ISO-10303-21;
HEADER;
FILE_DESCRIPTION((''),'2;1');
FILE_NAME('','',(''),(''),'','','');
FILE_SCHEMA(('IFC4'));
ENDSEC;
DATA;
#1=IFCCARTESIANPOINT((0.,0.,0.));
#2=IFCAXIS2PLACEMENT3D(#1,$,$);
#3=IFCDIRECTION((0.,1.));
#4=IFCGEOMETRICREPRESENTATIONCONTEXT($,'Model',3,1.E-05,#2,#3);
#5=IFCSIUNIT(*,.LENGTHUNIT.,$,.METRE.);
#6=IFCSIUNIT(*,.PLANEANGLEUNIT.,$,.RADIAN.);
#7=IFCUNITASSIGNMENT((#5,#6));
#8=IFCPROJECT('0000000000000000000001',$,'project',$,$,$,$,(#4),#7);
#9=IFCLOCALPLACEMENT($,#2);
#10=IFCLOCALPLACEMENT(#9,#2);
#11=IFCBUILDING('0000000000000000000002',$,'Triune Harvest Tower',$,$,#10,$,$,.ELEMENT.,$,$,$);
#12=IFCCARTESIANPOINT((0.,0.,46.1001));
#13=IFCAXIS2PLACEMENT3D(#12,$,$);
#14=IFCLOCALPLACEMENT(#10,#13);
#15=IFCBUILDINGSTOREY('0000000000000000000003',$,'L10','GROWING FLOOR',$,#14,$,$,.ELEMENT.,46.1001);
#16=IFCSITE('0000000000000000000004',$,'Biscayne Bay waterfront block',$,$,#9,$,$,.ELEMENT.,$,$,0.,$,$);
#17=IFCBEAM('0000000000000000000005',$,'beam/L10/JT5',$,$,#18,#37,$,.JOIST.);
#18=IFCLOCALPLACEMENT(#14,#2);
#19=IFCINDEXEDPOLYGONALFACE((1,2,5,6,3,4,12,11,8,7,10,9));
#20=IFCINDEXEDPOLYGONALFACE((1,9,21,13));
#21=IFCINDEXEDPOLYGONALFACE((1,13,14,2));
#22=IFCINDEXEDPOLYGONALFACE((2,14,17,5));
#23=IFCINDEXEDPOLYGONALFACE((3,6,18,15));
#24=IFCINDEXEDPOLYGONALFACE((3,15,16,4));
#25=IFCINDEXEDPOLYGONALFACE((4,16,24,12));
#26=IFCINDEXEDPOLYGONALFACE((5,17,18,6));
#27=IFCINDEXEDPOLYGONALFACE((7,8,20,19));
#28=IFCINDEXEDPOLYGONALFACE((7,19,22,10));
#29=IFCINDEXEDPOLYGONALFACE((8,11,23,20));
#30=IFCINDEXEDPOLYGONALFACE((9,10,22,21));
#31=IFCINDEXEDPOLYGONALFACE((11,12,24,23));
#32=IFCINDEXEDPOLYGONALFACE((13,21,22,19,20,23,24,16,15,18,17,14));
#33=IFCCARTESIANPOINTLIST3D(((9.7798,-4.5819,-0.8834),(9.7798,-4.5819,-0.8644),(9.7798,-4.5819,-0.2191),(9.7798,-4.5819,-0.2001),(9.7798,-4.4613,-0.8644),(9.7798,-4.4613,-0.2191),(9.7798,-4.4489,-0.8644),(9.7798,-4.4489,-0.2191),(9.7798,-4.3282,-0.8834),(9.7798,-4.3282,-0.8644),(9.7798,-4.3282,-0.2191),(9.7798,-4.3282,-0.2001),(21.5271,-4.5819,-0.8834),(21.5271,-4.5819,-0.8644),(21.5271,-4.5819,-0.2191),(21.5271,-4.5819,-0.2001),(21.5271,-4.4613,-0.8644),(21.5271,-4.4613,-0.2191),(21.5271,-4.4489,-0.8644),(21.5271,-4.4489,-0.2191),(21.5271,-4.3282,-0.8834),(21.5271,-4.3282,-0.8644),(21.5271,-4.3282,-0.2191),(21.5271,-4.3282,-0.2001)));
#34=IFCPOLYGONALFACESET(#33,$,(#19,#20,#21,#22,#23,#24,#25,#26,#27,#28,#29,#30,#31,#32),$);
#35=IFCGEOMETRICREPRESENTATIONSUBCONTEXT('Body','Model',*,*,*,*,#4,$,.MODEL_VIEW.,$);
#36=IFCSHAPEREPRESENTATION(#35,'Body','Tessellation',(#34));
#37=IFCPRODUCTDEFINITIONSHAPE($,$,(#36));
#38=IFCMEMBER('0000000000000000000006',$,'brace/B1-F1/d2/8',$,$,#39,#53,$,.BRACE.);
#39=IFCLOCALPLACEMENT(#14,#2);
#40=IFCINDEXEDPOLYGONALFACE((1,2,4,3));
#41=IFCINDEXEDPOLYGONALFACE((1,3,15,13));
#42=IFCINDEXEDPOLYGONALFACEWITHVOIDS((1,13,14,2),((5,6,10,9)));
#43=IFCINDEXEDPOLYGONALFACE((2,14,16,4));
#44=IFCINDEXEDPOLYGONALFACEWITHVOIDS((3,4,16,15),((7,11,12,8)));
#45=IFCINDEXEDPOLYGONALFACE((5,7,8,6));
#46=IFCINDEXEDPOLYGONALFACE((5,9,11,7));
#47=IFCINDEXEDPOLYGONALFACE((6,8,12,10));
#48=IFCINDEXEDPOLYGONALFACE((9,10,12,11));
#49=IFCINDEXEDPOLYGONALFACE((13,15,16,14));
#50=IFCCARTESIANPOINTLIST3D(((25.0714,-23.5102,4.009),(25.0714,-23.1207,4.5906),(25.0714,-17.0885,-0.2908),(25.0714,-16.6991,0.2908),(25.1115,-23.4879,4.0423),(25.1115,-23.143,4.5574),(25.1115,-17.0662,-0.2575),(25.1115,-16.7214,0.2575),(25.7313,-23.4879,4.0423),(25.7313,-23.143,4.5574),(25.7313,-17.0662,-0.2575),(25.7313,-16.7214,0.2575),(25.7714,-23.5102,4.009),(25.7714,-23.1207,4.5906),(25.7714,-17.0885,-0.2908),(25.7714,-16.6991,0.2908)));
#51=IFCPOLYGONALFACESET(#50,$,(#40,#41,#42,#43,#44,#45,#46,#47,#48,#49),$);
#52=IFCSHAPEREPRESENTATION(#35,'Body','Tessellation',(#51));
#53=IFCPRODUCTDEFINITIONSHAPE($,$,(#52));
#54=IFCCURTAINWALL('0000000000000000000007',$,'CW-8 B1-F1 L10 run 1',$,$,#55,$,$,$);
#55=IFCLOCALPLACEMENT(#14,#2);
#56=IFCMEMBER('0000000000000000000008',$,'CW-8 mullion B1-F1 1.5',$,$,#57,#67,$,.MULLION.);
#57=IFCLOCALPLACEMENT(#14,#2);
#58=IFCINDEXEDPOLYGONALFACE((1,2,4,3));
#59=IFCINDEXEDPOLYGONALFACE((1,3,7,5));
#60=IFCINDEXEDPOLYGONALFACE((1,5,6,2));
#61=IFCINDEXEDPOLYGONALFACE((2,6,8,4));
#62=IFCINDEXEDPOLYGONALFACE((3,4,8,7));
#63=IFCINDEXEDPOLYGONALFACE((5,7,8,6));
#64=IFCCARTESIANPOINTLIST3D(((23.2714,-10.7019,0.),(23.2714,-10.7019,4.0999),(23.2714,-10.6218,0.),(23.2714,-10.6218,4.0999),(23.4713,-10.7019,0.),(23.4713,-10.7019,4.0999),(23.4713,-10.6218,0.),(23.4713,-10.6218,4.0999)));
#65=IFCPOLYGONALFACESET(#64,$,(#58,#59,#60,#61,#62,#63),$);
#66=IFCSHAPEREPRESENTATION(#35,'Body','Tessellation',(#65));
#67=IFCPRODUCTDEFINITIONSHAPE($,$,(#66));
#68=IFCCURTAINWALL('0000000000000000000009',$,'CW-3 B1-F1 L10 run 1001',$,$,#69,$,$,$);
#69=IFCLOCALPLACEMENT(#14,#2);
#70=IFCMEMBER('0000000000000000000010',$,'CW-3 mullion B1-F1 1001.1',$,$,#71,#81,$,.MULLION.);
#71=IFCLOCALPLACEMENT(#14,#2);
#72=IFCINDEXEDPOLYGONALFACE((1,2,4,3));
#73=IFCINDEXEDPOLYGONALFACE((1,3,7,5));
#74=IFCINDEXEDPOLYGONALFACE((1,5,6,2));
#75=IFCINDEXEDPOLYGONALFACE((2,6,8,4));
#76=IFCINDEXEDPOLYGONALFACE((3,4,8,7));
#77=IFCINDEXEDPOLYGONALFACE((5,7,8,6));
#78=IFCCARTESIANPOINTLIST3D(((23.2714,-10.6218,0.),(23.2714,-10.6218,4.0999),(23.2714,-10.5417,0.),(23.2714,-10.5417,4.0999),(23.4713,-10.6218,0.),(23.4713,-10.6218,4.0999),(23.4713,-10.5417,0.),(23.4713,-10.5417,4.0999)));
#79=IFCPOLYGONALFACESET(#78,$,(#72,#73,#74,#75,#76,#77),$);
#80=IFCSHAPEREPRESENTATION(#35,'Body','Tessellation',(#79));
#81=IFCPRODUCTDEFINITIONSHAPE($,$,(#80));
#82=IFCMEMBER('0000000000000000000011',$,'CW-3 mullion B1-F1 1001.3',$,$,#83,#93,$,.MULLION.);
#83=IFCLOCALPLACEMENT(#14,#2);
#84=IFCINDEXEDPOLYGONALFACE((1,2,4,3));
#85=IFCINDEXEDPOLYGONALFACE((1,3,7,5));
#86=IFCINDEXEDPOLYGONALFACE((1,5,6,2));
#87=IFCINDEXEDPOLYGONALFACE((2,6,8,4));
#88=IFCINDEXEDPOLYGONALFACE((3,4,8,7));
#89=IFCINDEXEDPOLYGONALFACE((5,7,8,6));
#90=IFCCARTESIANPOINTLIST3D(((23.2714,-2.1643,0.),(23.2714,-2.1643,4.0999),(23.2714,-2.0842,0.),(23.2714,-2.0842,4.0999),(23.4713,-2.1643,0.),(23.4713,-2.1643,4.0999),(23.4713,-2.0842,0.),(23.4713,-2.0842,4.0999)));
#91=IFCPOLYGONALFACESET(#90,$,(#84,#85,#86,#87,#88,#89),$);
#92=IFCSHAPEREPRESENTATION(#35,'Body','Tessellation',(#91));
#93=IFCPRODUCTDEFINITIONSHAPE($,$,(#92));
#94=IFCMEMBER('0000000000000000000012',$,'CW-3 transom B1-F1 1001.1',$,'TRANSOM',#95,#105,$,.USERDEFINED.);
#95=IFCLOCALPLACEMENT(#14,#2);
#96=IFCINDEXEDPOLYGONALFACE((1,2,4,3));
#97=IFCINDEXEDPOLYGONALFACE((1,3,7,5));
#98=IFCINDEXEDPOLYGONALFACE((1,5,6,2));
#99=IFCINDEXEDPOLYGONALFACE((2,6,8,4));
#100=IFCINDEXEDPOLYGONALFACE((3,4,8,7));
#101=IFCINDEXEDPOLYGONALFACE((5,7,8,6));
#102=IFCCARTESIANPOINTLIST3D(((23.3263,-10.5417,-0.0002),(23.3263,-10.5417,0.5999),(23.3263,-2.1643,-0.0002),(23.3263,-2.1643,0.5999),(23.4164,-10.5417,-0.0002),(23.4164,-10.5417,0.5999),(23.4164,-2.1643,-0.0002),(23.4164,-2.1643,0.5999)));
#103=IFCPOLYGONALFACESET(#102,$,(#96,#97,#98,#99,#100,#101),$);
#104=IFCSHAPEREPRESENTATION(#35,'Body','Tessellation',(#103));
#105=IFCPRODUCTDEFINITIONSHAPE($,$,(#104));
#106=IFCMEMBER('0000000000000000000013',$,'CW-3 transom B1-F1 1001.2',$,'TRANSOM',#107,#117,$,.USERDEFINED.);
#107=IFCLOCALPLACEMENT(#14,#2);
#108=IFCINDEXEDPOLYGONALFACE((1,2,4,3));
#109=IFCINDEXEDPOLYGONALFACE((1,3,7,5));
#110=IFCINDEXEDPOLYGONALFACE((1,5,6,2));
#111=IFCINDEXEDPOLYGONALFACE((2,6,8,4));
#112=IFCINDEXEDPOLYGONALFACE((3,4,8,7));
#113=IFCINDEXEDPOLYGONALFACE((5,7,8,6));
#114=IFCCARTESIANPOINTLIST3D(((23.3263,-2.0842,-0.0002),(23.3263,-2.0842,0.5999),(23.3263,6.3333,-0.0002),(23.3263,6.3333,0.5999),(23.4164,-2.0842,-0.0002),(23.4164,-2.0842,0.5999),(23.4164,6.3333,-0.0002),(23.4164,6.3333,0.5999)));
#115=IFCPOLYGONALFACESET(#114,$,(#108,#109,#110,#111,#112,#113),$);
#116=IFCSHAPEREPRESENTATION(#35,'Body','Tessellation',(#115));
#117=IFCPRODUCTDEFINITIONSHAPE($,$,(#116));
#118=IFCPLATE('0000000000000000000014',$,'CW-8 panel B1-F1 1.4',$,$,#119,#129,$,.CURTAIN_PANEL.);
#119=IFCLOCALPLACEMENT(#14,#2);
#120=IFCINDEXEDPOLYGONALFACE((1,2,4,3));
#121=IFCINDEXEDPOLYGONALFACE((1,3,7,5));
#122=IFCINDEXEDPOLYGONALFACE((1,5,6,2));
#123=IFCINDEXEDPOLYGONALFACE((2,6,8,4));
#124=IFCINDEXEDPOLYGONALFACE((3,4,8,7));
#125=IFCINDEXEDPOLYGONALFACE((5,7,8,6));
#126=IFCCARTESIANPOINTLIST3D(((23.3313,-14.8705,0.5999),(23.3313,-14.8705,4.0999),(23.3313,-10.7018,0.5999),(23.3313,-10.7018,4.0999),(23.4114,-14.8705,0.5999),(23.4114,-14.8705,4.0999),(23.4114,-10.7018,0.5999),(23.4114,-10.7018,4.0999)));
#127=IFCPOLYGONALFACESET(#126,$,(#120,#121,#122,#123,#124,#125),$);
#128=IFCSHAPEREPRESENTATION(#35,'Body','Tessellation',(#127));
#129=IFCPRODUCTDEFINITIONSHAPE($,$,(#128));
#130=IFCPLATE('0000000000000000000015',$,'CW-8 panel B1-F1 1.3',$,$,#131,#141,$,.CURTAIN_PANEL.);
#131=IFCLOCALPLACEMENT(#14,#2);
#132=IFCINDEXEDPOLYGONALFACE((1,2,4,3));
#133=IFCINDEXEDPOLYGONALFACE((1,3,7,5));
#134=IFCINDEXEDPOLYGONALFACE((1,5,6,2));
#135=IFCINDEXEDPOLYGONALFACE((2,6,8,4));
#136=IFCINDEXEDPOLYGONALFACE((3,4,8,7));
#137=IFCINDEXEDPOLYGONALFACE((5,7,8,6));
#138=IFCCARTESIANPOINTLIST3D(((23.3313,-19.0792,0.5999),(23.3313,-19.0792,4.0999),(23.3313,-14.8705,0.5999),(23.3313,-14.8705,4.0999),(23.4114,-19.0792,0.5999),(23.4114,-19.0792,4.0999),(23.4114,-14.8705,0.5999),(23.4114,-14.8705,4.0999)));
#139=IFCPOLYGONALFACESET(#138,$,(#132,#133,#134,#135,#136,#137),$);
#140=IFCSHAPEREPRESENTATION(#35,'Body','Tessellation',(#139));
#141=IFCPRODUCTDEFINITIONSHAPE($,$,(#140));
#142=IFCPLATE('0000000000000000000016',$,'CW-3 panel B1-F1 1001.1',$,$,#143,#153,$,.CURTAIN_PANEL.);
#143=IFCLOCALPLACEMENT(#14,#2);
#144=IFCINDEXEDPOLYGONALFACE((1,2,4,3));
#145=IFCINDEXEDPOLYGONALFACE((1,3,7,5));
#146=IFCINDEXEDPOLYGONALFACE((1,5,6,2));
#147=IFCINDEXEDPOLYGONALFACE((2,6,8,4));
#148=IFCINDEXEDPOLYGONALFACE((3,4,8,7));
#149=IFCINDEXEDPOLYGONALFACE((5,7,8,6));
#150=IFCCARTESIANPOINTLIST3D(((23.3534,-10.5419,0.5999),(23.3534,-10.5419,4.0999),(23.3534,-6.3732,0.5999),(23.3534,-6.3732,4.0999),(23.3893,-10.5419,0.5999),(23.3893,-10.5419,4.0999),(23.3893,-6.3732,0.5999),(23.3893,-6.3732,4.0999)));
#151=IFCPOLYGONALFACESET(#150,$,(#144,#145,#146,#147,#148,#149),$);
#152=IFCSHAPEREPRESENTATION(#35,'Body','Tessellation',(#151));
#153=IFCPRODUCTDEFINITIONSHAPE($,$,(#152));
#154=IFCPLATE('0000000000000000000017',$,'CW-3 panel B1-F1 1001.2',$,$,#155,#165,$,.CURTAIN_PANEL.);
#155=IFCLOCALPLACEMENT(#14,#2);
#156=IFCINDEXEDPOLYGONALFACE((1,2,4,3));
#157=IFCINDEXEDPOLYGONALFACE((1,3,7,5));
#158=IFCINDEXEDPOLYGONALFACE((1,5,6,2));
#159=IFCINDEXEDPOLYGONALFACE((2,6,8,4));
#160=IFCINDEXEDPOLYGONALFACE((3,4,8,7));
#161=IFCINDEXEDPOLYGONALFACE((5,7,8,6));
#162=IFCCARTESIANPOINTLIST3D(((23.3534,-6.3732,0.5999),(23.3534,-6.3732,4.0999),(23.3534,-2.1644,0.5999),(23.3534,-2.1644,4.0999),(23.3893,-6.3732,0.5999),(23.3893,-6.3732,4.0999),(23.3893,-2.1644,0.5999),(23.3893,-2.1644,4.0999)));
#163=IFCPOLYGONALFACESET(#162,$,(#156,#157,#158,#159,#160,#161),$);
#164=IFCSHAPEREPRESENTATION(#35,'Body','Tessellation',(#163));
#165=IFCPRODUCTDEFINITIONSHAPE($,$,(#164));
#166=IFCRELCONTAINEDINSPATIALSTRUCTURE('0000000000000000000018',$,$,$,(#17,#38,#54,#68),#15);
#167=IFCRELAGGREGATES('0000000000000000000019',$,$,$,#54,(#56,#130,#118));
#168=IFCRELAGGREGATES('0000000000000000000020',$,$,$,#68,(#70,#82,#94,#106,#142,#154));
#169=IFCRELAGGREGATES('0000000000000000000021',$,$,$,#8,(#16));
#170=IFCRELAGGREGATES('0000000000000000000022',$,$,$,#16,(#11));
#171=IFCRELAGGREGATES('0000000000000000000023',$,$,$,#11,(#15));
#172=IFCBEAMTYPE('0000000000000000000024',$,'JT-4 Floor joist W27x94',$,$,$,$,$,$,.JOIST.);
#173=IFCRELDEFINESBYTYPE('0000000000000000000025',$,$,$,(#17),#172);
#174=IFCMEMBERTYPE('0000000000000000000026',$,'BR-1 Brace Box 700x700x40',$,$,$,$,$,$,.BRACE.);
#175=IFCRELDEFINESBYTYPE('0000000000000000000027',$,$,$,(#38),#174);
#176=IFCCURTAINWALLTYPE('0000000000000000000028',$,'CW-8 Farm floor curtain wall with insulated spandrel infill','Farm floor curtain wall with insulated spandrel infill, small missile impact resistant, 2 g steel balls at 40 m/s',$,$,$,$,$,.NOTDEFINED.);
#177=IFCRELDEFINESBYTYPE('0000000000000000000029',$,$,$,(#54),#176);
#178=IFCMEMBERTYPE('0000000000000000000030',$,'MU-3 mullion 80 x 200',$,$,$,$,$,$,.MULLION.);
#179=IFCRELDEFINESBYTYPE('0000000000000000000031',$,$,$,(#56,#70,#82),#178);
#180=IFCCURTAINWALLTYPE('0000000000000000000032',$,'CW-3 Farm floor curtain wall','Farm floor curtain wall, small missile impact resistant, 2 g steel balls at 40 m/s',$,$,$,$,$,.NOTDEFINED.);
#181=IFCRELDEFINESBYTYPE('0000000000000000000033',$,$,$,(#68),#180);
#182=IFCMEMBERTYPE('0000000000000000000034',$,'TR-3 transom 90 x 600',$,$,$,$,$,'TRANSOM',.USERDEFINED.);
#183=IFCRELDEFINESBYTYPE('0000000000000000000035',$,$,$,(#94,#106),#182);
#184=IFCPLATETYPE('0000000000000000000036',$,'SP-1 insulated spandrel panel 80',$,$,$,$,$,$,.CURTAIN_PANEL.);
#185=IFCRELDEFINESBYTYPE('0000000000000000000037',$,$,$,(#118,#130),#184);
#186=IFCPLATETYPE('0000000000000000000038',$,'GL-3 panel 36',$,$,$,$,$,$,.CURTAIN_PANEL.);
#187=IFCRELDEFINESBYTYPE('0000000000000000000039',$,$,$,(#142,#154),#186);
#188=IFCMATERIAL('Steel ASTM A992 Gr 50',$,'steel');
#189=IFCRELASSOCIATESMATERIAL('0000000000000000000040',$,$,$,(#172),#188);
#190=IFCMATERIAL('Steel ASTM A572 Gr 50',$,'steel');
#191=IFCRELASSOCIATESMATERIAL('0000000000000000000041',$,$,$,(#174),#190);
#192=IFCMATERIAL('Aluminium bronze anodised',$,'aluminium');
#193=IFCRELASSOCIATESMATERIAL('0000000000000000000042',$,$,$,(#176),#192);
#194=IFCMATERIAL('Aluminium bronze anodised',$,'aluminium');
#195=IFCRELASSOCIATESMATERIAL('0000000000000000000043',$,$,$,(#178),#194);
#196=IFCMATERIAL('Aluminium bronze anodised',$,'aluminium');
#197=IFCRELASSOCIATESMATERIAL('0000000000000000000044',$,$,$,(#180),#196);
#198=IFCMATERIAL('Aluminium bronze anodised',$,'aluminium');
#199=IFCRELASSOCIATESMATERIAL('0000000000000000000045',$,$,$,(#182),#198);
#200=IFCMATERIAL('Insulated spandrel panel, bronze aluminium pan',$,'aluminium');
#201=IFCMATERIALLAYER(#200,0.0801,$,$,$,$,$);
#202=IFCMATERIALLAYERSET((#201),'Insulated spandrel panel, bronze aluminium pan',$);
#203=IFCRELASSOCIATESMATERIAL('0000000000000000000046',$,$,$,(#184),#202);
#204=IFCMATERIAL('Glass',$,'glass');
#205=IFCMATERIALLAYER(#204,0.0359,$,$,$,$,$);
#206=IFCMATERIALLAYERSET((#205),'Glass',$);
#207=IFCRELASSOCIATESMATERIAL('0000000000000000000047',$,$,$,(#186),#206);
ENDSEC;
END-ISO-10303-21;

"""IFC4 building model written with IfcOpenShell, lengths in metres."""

from ifc_helpers import new_model, si_unit, direction, frame, origin, origin_2d, place, context, subcontext, project, spatial, rectangle, hollow_rectangle, i_section, extrude, source, transform, mapped, material, layer, layer_set, material_profile, profile_set, type_object, element, aggregate, save


model = new_model("IFC4")

# Units and contexts
model_context = context("Model", 3, precision=1e-05, world=origin(), true_north=direction((0.0, 1.0)))
body_context = subcontext(model_context, "Body", "Model", "MODEL_VIEW")
ifc_project = project(units=[si_unit("LENGTHUNIT", "METRE"), si_unit("PLANEANGLEUNIT", "RADIAN")], contexts=[model_context])

# Site, building, storey
site_placement = place(None, origin())
site = spatial("IfcSite", under=ifc_project, at=site_placement, Name="Biscayne Bay waterfront block", CompositionType="ELEMENT", RefElevation=0.0)
building_placement = place(site_placement, origin())
building = spatial("IfcBuilding", under=site, at=building_placement, Name="Triune Harvest Tower", CompositionType="ELEMENT")
storey_placement = place(building_placement, frame((0.0, 0.0, 46.1001)))
storey = spatial("IfcBuildingStorey", under=building, at=storey_placement, Name="L10", Description="GROWING FLOOR", CompositionType="ELEMENT", Elevation=46.1001)

# Beam
ifc_material_1 = material(Name="Steel ASTM A992 Gr 50", Category="steel")
ifc_material_profile_1 = material_profile(ifc_material_1, i_section(OverallWidth=0.2537, OverallDepth=0.6833, WebThickness=0.0125, FlangeThickness=0.019, at=origin_2d()), Name="W27x94")
ifc_profile_set_1 = profile_set([ifc_material_profile_1], Name="Steel ASTM A992 Gr 50")
beam_type_1 = type_object("IfcBeamType", Name="JT-4 Floor joist W27x94", PredefinedType="JOIST", material=ifc_profile_set_1)
shared_shape_1 = source(origin(), body_context, "Body", "SweptSolid", [
    extrude(i_section(OverallWidth=0.2537, OverallDepth=0.6833, WebThickness=0.0125, FlangeThickness=0.019, at=origin_2d()), origin(), (0.0, 0.0, 1.0), 11.7473),
])
beam_1_placement = place(storey_placement, frame((21.5271, -4.4551, -0.5417), z_axis=(-1.0, 0.0, 0.0), x_axis=(0.0, -1.0, 0.0)))
element("IfcBeam", 1, at=beam_1_placement, inside=storey, type_object=beam_type_1, Name="beam/L10/JT5", PredefinedType="JOIST", context=body_context, shape_type="MappedRepresentation", body=[
    mapped(shared_shape_1, transform((0.0, 0.0, 0.0), scale=1.0)),
])

# Member
ifc_material_2 = material(Name="Steel ASTM A572 Gr 50", Category="steel")
ifc_material_profile_2 = material_profile(ifc_material_2, hollow_rectangle(XDim=0.7, YDim=0.7, WallThickness=0.04, at=origin_2d()), Name="Box 700x700x40")
ifc_profile_set_2 = profile_set([ifc_material_profile_2], Name="Steel ASTM A572 Gr 50")
member_type_1 = type_object("IfcMemberType", Name="BR-1 Brace Box 700x700x40", PredefinedType="BRACE", material=ifc_profile_set_2)
shared_shape_2 = source(origin(), body_context, "Body", "SweptSolid", [
    extrude(hollow_rectangle(XDim=0.7, YDim=0.7, WallThickness=0.04, at=origin_2d()), origin(), (0.0, 0.0, 1.0), 7.7283),
])
member_1_placement = place(storey_placement, frame((25.4214, -16.8938, 0.0), z_axis=(0.0, -0.830931, 0.556376), x_axis=(1.0, 0.0, 0.0)))
element("IfcMember", 2, at=member_1_placement, inside=storey, type_object=member_type_1, Name="brace/B1-F1/d2/8", PredefinedType="BRACE", context=body_context, shape_type="MappedRepresentation", body=[
    mapped(shared_shape_2, transform((0.0, 0.0, 0.0), scale=1.0)),
])

# Curtain wall, member
ifc_material_3 = material(Name="Aluminium bronze anodised", Category="aluminium")
curtain_wall_type_1 = type_object("IfcCurtainWallType", Name="CW-8 Farm floor curtain wall with insulated spandrel infill", Description="Farm floor curtain wall with insulated spandrel infill, small missile impact resistant, 2 g steel balls at 40 m/s", PredefinedType="NOTDEFINED", material=ifc_material_3)
curtain_wall_1_placement = place(storey_placement, origin())
curtain_wall_1 = element("IfcCurtainWall", 3, at=curtain_wall_1_placement, inside=storey, type_object=curtain_wall_type_1, Name="CW-8 B1-F1 L10 run 1")
ifc_material_4 = material(Name="Aluminium bronze anodised", Category="aluminium")
ifc_material_profile_3 = material_profile(ifc_material_4, rectangle(XDim=0.2, YDim=0.0801, at=origin_2d()), Name="MU-3 mullion 80 x 200")
ifc_profile_set_3 = profile_set([ifc_material_profile_3], Name="Aluminium bronze anodised")
member_type_2 = type_object("IfcMemberType", Name="MU-3 mullion 80 x 200", PredefinedType="MULLION", material=ifc_profile_set_3)
shared_shape_3 = source(origin(), body_context, "Body", "SweptSolid", [
    extrude(rectangle(XDim=0.2, YDim=0.0801, at=origin_2d()), origin(), (0.0, 0.0, 1.0), 4.0999),
])
member_2_placement = place(storey_placement, frame((23.3713, -10.6619, 0.0), z_axis=(0.0, 0.0, 1.0), x_axis=(-1.0, 0.0, 0.0)))
member_2 = element("IfcMember", 4, at=member_2_placement, type_object=member_type_2, Name="CW-8 mullion B1-F1 1.5", PredefinedType="MULLION", context=body_context, shape_type="MappedRepresentation", body=[
    mapped(shared_shape_3, transform((0.0, 0.0, 0.0), scale=1.0)),
])

# Curtain wall, members
ifc_material_5 = material(Name="Aluminium bronze anodised", Category="aluminium")
curtain_wall_type_2 = type_object("IfcCurtainWallType", Name="CW-3 Farm floor curtain wall", Description="Farm floor curtain wall, small missile impact resistant, 2 g steel balls at 40 m/s", PredefinedType="NOTDEFINED", material=ifc_material_5)
curtain_wall_2_placement = place(storey_placement, origin())
curtain_wall_2 = element("IfcCurtainWall", 5, at=curtain_wall_2_placement, inside=storey, type_object=curtain_wall_type_2, Name="CW-3 B1-F1 L10 run 1001")
member_3_placement = place(storey_placement, frame((23.3713, -10.5818, 0.0), z_axis=(0.0, 0.0, 1.0), x_axis=(-1.0, 0.0, 0.0)))
member_3 = element("IfcMember", 6, at=member_3_placement, type_object=member_type_2, Name="CW-3 mullion B1-F1 1001.1", PredefinedType="MULLION", context=body_context, shape_type="MappedRepresentation", body=[
    mapped(shared_shape_3, transform((0.0, 0.0, 0.0), scale=1.0)),
])
member_4_placement = place(storey_placement, frame((23.3713, -2.1243, 0.0), z_axis=(0.0, 0.0, 1.0), x_axis=(-1.0, 0.0, 0.0)))
member_4 = element("IfcMember", 7, at=member_4_placement, type_object=member_type_2, Name="CW-3 mullion B1-F1 1001.3", PredefinedType="MULLION", context=body_context, shape_type="MappedRepresentation", body=[
    mapped(shared_shape_3, transform((0.0, 0.0, 0.0), scale=1.0)),
])
ifc_material_6 = material(Name="Aluminium bronze anodised", Category="aluminium")
ifc_material_profile_4 = material_profile(ifc_material_6, rectangle(XDim=0.0901, YDim=0.6001, at=origin_2d()), Name="TR-3 transom 90 x 600")
ifc_profile_set_4 = profile_set([ifc_material_profile_4], Name="Aluminium bronze anodised")
member_type_3 = type_object("IfcMemberType", Name="TR-3 transom 90 x 600", ElementType="TRANSOM", PredefinedType="USERDEFINED", material=ifc_profile_set_4)
shared_shape_4 = source(origin(), body_context, "Body", "SweptSolid", [
    extrude(rectangle(XDim=0.0901, YDim=0.6001, at=origin_2d()), origin(), (0.0, 0.0, 1.0), 8.3774),
])
member_5_placement = place(storey_placement, frame((23.3713, -10.5417, 0.2998), z_axis=(0.0, 1.0, 0.0), x_axis=(-1.0, 0.0, 0.0)))
member_5 = element("IfcMember", 8, at=member_5_placement, type_object=member_type_3, Name="CW-3 transom B1-F1 1001.1", ObjectType="TRANSOM", PredefinedType="USERDEFINED", context=body_context, shape_type="MappedRepresentation", body=[
    mapped(shared_shape_4, transform((0.0, 0.0, 0.0), scale=1.0)),
])
shared_shape_5 = source(origin(), body_context, "Body", "SweptSolid", [
    extrude(rectangle(XDim=0.0901, YDim=0.6001, at=origin_2d()), origin(), (0.0, 0.0, 1.0), 8.4175),
])
member_6_placement = place(storey_placement, frame((23.3713, -2.0842, 0.2998), z_axis=(0.0, 1.0, 0.0), x_axis=(-1.0, 0.0, 0.0)))
member_6 = element("IfcMember", 9, at=member_6_placement, type_object=member_type_3, Name="CW-3 transom B1-F1 1001.2", ObjectType="TRANSOM", PredefinedType="USERDEFINED", context=body_context, shape_type="MappedRepresentation", body=[
    mapped(shared_shape_5, transform((0.0, 0.0, 0.0), scale=1.0)),
])

# Plates
ifc_material_7 = material(Name="Insulated spandrel panel, bronze aluminium pan", Category="aluminium")
ifc_layer_1 = layer(ifc_material_7, 0.0801)
ifc_layer_set_1 = layer_set([ifc_layer_1], Name="Insulated spandrel panel, bronze aluminium pan")
plate_type_1 = type_object("IfcPlateType", Name="SP-1 insulated spandrel panel 80", PredefinedType="CURTAIN_PANEL", material=ifc_layer_set_1)
shared_shape_6 = source(origin(), body_context, "Body", "SweptSolid", [
    extrude(rectangle(XDim=4.1687, YDim=0.0801, at=origin_2d()), origin(), (0.0, 0.0, 1.0), 3.5),
])
plate_1_placement = place(storey_placement, frame((23.3713, -12.7861, 0.5999), z_axis=(0.0, 0.0, 1.0), x_axis=(0.0, 1.0, 0.0)))
plate_1 = element("IfcPlate", 10, at=plate_1_placement, type_object=plate_type_1, Name="CW-8 panel B1-F1 1.4", PredefinedType="CURTAIN_PANEL", context=body_context, shape_type="MappedRepresentation", body=[
    mapped(shared_shape_6, transform((0.0, 0.0, 0.0), scale=1.0)),
])
shared_shape_7 = source(origin(), body_context, "Body", "SweptSolid", [
    extrude(rectangle(XDim=4.2087, YDim=0.0801, at=origin_2d()), origin(), (0.0, 0.0, 1.0), 3.5),
])
plate_2_placement = place(storey_placement, frame((23.3713, -16.9749, 0.5999), z_axis=(0.0, 0.0, 1.0), x_axis=(0.0, 1.0, 0.0)))
plate_2 = element("IfcPlate", 11, at=plate_2_placement, type_object=plate_type_1, Name="CW-8 panel B1-F1 1.3", PredefinedType="CURTAIN_PANEL", context=body_context, shape_type="MappedRepresentation", body=[
    mapped(shared_shape_7, transform((0.0, 0.0, 0.0), scale=1.0)),
])
aggregate(curtain_wall_1, [member_2, plate_2, plate_1])
ifc_material_8 = material(Name="Glass", Category="glass")
ifc_layer_2 = layer(ifc_material_8, 0.0359)
ifc_layer_set_2 = layer_set([ifc_layer_2], Name="Glass")
plate_type_2 = type_object("IfcPlateType", Name="GL-3 panel 36", PredefinedType="CURTAIN_PANEL", material=ifc_layer_set_2)
shared_shape_8 = source(origin(), body_context, "Body", "SweptSolid", [
    extrude(rectangle(XDim=4.1687, YDim=0.0359, at=origin_2d()), origin(), (0.0, 0.0, 1.0), 3.5),
])
plate_3_placement = place(storey_placement, frame((23.3713, -8.4575, 0.5999), z_axis=(0.0, 0.0, 1.0), x_axis=(0.0, 1.0, 0.0)))
plate_3 = element("IfcPlate", 12, at=plate_3_placement, type_object=plate_type_2, Name="CW-3 panel B1-F1 1001.1", PredefinedType="CURTAIN_PANEL", context=body_context, shape_type="MappedRepresentation", body=[
    mapped(shared_shape_8, transform((0.0, 0.0, 0.0), scale=1.0)),
])
shared_shape_9 = source(origin(), body_context, "Body", "SweptSolid", [
    extrude(rectangle(XDim=4.2087, YDim=0.0359, at=origin_2d()), origin(), (0.0, 0.0, 1.0), 3.5),
])
plate_4_placement = place(storey_placement, frame((23.3713, -4.2688, 0.5999), z_axis=(0.0, 0.0, 1.0), x_axis=(0.0, 1.0, 0.0)))
plate_4 = element("IfcPlate", 13, at=plate_4_placement, type_object=plate_type_2, Name="CW-3 panel B1-F1 1001.2", PredefinedType="CURTAIN_PANEL", context=body_context, shape_type="MappedRepresentation", body=[
    mapped(shared_shape_9, transform((0.0, 0.0, 0.0), scale=1.0)),
])
aggregate(curtain_wall_2, [member_3, member_4, member_5, member_6, plate_3, plate_4])

save(model, "model.ifc")
